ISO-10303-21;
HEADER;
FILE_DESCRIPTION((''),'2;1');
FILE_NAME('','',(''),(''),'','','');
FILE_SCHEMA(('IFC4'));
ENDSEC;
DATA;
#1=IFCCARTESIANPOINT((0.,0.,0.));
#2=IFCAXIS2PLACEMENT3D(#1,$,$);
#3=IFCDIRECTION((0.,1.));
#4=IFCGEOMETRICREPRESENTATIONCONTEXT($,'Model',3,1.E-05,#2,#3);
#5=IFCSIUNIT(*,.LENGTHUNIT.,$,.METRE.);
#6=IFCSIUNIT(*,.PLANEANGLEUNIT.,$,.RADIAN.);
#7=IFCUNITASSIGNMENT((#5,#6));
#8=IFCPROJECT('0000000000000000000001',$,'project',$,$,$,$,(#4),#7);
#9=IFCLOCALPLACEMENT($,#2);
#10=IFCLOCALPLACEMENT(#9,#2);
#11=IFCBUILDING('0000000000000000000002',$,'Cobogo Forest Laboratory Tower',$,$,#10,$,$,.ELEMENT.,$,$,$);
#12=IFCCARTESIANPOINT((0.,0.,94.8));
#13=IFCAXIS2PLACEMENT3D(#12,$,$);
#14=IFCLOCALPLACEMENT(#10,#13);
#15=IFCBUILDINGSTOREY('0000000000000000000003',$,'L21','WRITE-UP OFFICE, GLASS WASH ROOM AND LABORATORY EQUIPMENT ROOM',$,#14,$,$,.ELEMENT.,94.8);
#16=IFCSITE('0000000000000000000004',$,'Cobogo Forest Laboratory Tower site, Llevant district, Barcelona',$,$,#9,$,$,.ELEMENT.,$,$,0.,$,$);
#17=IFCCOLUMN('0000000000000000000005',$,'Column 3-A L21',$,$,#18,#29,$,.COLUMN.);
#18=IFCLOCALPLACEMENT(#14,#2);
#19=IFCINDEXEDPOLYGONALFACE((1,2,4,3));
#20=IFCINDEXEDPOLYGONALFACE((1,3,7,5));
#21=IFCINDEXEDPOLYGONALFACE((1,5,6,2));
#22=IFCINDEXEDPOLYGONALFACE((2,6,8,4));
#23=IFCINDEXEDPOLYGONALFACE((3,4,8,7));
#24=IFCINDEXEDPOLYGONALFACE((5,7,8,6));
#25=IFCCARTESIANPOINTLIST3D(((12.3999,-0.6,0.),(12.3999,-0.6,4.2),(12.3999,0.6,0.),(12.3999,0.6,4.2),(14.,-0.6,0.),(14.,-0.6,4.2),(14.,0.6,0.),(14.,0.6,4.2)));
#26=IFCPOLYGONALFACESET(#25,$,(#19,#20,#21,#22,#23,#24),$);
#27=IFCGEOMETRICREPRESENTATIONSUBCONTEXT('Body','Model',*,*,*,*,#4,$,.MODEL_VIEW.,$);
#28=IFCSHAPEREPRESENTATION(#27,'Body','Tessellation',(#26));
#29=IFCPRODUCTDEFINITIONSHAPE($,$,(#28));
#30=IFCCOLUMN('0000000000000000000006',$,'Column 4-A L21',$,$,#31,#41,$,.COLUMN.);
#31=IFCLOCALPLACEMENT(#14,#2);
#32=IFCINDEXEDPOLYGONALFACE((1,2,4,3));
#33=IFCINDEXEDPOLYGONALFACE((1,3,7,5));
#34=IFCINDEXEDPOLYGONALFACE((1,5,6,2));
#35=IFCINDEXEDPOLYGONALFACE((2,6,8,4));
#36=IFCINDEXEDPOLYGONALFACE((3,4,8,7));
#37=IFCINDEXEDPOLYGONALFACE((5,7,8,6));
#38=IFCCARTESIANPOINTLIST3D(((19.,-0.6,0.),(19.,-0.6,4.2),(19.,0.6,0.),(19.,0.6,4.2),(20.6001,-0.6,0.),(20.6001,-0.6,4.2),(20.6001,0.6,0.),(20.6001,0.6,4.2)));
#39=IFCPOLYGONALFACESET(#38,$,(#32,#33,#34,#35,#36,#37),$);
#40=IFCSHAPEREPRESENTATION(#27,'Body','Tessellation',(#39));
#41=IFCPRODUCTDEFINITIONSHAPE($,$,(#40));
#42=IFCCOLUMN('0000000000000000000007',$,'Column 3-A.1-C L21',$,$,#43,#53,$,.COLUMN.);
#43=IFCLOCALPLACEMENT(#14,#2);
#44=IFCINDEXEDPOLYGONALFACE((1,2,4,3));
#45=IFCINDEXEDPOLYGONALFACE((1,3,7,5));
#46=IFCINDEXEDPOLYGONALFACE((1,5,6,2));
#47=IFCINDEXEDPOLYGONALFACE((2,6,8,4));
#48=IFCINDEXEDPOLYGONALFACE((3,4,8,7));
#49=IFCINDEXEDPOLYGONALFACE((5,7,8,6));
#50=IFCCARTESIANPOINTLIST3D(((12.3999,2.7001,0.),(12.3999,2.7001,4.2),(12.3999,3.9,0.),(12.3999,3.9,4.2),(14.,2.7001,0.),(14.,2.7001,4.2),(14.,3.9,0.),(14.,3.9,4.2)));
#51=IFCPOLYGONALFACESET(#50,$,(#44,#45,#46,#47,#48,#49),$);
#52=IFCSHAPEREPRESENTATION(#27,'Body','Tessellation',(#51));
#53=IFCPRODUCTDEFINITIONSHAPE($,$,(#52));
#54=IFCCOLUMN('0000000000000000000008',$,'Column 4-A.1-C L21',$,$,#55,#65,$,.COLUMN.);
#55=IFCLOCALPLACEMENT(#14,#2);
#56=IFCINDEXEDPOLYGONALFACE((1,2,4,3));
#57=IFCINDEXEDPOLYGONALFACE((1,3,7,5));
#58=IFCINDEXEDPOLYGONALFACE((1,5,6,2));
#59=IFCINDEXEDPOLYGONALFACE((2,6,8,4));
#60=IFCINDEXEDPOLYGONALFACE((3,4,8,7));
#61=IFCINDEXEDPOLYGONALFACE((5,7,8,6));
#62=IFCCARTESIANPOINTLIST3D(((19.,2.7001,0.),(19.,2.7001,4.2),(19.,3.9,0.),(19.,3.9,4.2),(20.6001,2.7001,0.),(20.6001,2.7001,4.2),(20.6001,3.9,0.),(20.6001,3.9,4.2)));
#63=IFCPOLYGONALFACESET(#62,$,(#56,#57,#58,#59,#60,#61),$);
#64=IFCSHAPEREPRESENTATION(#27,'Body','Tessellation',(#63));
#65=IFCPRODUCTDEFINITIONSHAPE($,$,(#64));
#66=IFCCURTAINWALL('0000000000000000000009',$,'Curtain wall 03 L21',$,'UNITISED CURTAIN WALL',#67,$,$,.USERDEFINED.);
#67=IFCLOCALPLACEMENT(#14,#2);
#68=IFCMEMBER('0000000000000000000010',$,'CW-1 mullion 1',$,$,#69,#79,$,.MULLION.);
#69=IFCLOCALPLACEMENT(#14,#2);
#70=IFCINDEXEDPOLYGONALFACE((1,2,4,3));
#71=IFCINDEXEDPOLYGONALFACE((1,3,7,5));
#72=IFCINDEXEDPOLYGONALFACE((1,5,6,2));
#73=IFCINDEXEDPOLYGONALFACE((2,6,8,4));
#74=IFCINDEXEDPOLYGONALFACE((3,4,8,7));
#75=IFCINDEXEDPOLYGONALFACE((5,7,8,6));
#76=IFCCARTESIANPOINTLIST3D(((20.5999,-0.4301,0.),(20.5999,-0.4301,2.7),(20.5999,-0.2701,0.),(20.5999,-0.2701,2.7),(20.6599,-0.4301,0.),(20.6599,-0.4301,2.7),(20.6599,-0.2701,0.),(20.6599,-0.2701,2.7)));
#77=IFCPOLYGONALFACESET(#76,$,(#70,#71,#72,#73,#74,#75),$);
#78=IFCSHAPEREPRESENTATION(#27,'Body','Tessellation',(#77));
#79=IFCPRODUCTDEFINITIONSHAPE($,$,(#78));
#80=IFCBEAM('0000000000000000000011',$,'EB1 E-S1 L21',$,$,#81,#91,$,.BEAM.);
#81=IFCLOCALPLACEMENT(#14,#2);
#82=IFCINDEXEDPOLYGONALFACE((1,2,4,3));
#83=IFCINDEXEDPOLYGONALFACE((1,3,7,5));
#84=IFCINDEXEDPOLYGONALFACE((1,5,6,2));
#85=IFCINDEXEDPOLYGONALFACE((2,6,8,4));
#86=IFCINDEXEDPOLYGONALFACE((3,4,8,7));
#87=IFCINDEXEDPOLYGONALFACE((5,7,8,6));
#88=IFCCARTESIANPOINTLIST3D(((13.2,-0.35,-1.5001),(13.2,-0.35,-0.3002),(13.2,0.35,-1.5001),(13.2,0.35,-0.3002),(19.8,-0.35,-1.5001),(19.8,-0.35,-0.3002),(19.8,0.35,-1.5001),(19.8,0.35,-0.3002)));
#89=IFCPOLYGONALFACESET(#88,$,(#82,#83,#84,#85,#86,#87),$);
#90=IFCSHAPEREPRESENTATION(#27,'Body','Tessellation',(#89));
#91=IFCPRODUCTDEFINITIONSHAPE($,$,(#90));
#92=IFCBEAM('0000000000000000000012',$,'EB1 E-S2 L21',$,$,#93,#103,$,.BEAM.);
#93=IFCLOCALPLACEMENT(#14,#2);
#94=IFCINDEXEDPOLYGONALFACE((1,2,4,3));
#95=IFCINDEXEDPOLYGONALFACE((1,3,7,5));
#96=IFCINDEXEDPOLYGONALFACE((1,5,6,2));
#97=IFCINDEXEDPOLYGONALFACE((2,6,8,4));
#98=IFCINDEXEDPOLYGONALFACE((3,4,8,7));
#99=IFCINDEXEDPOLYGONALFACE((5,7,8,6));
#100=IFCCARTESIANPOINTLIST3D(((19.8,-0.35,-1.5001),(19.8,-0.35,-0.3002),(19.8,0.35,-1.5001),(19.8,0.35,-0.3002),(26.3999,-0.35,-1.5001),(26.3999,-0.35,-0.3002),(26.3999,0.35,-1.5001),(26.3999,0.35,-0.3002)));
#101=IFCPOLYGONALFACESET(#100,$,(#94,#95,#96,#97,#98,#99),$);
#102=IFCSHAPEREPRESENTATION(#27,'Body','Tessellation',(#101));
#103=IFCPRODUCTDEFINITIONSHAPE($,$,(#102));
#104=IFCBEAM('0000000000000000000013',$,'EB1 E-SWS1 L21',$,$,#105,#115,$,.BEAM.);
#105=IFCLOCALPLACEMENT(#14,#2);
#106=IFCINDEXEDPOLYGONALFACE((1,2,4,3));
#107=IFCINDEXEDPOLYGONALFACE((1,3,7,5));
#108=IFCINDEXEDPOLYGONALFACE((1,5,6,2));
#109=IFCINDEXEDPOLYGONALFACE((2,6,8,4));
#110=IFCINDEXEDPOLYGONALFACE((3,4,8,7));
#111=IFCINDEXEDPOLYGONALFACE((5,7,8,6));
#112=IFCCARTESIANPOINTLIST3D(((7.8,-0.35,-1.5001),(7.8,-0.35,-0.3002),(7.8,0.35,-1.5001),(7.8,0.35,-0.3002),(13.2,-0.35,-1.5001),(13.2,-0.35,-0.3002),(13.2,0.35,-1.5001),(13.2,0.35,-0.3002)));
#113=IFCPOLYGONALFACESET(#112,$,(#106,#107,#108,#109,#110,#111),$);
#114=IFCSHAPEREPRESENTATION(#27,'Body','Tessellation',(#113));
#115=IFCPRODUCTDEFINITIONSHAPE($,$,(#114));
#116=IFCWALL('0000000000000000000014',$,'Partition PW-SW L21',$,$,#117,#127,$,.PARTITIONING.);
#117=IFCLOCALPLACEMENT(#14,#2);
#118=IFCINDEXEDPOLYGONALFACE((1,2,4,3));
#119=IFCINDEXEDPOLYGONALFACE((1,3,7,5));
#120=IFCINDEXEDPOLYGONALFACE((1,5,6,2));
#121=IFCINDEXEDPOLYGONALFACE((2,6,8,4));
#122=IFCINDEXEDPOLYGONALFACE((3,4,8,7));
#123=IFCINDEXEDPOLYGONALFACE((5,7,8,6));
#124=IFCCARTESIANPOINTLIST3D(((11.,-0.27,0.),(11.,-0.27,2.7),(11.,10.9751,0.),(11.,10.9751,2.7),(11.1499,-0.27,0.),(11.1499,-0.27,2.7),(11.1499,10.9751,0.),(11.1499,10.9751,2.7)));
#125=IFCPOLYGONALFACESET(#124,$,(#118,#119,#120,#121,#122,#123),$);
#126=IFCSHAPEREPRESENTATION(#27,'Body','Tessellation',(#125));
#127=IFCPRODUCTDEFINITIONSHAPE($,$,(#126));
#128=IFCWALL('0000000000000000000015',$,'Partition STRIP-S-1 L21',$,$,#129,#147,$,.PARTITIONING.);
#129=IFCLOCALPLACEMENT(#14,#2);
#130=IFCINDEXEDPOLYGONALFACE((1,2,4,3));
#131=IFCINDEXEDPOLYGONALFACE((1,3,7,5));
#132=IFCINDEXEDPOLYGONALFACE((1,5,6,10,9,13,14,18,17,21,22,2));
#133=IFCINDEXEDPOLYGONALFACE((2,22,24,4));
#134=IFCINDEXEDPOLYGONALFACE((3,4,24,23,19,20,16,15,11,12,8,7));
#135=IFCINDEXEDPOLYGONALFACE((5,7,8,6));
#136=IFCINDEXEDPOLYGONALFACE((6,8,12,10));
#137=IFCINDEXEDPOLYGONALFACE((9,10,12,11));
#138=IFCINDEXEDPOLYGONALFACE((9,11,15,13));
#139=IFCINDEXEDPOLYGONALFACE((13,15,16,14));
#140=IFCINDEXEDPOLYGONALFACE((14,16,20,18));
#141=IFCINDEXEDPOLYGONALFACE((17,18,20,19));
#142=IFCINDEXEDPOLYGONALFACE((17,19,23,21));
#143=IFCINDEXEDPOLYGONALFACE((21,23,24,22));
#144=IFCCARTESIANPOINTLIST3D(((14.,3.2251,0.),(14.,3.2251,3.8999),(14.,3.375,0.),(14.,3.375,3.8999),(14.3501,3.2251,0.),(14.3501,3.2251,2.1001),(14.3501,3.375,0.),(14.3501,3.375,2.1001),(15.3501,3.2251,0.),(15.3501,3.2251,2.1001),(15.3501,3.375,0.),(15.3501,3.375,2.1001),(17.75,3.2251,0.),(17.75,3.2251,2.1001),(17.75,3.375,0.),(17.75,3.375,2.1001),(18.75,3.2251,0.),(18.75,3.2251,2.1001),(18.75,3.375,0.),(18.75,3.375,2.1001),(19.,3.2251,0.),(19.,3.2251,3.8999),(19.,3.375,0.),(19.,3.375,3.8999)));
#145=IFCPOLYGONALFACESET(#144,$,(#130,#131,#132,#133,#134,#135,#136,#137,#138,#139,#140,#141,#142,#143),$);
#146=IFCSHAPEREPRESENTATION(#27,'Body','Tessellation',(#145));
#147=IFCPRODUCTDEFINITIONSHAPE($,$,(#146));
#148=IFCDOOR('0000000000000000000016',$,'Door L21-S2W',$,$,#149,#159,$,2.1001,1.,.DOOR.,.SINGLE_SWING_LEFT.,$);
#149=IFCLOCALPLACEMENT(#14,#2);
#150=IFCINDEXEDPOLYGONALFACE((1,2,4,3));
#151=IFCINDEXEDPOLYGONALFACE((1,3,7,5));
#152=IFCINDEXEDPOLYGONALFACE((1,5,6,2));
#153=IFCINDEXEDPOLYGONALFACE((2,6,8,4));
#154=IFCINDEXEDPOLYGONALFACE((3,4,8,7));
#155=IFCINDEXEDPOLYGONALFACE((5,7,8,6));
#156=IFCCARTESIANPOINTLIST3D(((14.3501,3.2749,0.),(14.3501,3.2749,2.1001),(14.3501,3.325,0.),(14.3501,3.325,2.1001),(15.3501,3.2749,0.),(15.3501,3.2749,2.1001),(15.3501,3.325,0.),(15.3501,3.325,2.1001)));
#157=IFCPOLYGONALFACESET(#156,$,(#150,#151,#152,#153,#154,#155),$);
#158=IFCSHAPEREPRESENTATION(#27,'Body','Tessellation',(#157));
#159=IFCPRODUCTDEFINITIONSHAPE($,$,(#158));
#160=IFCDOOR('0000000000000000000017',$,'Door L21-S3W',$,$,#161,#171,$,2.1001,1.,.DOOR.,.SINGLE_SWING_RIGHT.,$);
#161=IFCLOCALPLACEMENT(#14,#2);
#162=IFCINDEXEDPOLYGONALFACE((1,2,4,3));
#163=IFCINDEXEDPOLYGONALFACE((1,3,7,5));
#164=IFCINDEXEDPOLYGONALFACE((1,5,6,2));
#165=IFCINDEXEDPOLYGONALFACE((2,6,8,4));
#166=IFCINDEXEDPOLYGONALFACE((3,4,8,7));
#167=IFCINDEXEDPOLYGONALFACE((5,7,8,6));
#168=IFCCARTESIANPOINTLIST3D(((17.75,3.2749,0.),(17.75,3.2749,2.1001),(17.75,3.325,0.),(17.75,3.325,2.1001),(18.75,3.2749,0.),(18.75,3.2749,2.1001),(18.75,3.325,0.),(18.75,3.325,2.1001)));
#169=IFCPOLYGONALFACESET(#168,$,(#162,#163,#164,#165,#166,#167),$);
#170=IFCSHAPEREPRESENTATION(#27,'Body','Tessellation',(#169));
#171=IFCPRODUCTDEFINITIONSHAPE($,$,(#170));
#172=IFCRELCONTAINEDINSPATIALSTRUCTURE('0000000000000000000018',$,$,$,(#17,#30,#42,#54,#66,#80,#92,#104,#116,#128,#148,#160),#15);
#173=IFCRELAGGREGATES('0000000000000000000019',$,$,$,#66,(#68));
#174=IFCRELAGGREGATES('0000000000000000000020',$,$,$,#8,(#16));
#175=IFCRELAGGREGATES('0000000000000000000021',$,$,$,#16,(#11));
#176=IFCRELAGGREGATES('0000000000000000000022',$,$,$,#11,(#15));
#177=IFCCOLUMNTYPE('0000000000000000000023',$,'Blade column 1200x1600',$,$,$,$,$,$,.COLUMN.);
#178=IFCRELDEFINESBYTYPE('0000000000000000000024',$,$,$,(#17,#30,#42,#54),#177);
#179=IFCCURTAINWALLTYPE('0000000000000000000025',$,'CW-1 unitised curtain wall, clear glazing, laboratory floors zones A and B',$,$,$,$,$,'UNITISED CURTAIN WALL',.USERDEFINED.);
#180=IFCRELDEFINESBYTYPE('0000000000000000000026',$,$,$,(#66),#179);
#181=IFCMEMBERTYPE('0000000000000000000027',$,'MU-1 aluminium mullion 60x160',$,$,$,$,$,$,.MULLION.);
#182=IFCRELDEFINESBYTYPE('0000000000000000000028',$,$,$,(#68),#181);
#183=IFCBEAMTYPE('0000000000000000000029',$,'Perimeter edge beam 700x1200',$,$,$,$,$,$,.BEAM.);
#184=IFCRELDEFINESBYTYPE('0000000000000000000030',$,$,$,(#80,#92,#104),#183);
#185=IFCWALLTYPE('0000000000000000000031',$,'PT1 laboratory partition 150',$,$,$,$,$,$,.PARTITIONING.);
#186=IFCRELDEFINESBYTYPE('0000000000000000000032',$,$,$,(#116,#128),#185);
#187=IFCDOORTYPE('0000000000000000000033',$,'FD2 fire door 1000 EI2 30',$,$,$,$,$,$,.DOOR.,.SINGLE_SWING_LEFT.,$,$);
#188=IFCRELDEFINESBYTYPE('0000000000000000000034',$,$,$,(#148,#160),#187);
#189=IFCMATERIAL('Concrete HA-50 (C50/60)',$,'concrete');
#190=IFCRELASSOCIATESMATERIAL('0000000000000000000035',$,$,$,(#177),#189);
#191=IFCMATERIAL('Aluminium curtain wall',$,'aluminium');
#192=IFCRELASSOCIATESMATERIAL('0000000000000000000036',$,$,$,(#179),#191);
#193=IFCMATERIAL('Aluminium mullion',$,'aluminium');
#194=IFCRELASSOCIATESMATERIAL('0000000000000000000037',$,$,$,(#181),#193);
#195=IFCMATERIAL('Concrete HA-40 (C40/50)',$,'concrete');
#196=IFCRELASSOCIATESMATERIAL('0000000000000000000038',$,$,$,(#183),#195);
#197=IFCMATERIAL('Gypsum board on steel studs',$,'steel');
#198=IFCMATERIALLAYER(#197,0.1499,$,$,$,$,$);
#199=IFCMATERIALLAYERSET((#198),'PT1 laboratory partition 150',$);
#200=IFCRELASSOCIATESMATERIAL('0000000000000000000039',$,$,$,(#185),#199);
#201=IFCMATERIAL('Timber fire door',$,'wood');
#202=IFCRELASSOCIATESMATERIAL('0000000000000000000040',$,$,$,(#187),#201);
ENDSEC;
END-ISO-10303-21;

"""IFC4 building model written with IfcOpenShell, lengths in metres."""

from ifc_helpers import new_model, si_unit, direction, frame, frame_2d, origin, origin_2d, place, context, subcontext, project, spatial, rectangle, extrude, material, layer, layer_set, material_profile, profile_set, type_object, element, fill, aggregate, save


model = new_model("IFC4")

# Units and contexts
model_context = context("Model", 3, precision=1e-05, world=origin(), true_north=direction((0.0, 1.0)))
body_context = subcontext(model_context, "Body", "Model", "MODEL_VIEW")
ifc_project = project(units=[si_unit("LENGTHUNIT", "METRE"), si_unit("PLANEANGLEUNIT", "RADIAN")], contexts=[model_context])

# Site, building, storey
site_placement = place(None, origin())
site = spatial("IfcSite", under=ifc_project, at=site_placement, Name="Cobogo Forest Laboratory Tower site, Llevant district, Barcelona", CompositionType="ELEMENT", RefElevation=0.0)
building_placement = place(site_placement, origin())
building = spatial("IfcBuilding", under=site, at=building_placement, Name="Cobogo Forest Laboratory Tower", CompositionType="ELEMENT")
storey_placement = place(building_placement, frame((0.0, 0.0, 94.8)))
storey = spatial("IfcBuildingStorey", under=building, at=storey_placement, Name="L21", Description="WRITE-UP OFFICE, GLASS WASH ROOM AND LABORATORY EQUIPMENT ROOM", CompositionType="ELEMENT", Elevation=94.8)

# Columns
ifc_material_1 = material(Name="Concrete HA-50 (C50/60)", Category="concrete")
ifc_material_profile_1 = material_profile(ifc_material_1, rectangle(XDim=1.6001, YDim=1.2, at=origin_2d()), Name="RC 1200x1600")
ifc_profile_set_1 = profile_set([ifc_material_profile_1], Name="Concrete HA-50 (C50/60)")
column_type = type_object("IfcColumnType", Name="Blade column 1200x1600", PredefinedType="COLUMN", material=ifc_profile_set_1)
for number, where, z_axis, x_axis, name in (
    (1, (13.2, 0.0, 0.0), (0.0, 0.0, 1.0), (1.0, 0.0, 0.0), "Column 3-A L21"),
    (2, (19.8, 0.0, 0.0), (0.0, 0.0, 1.0), (1.0, 0.0, 0.0), "Column 4-A L21"),
    (3, (13.2, 3.3, 0.0), (0.0, 0.0, 1.0), (1.0, 0.0, 0.0), "Column 3-A.1-C L21"),
    (4, (19.8, 3.3, 0.0), (0.0, 0.0, 1.0), (1.0, 0.0, 0.0), "Column 4-A.1-C L21"),
):
    element("IfcColumn", number, at=place(storey_placement, frame(where, z_axis=z_axis, x_axis=x_axis)), inside=storey, type_object=column_type, Name=name, PredefinedType="COLUMN", context=body_context, shape_type="SweptSolid", body=[
        extrude(rectangle(XDim=1.6001, YDim=1.2, at=origin_2d()), origin(), (0.0, 0.0, 1.0), 4.2),
    ])

# Curtain wall, member
ifc_material_2 = material(Name="Aluminium curtain wall", Category="aluminium")
curtain_wall_type = type_object("IfcCurtainWallType", Name="CW-1 unitised curtain wall, clear glazing, laboratory floors zones A and B", ElementType="UNITISED CURTAIN WALL", PredefinedType="USERDEFINED", material=ifc_material_2)
curtain_wall_placement = place(storey_placement, origin())
curtain_wall = element("IfcCurtainWall", 5, at=curtain_wall_placement, inside=storey, type_object=curtain_wall_type, Name="Curtain wall 03 L21", ObjectType="UNITISED CURTAIN WALL", PredefinedType="USERDEFINED")
ifc_material_3 = material(Name="Aluminium mullion", Category="aluminium")
ifc_material_profile_2 = material_profile(ifc_material_3, rectangle(XDim=0.0601, YDim=0.1599, at=origin_2d()), Name="AL 60x160")
ifc_profile_set_2 = profile_set([ifc_material_profile_2], Name="Aluminium mullion")
member_type = type_object("IfcMemberType", Name="MU-1 aluminium mullion 60x160", PredefinedType="MULLION", material=ifc_profile_set_2)
member_placement = place(storey_placement, frame((20.6299, -0.3501, 0.0), z_axis=(0.0, 0.0, 1.0), x_axis=(1.0, 0.0, 0.0)))
member = element("IfcMember", 6, at=member_placement, type_object=member_type, Name="CW-1 mullion 1", PredefinedType="MULLION", context=body_context, shape_type="SweptSolid", body=[
    extrude(rectangle(XDim=0.0601, YDim=0.1599, at=origin_2d()), origin(), (0.0, 0.0, 1.0), 2.7),
])
aggregate(curtain_wall, [member])

# Beams
ifc_material_4 = material(Name="Concrete HA-40 (C40/50)", Category="concrete")
ifc_material_profile_3 = material_profile(ifc_material_4, rectangle(XDim=0.7, YDim=1.2, at=origin_2d()), Name="RC 700x1200")
ifc_profile_set_3 = profile_set([ifc_material_profile_3], Name="Concrete HA-40 (C40/50)")
beam_type = type_object("IfcBeamType", Name="Perimeter edge beam 700x1200", PredefinedType="BEAM", material=ifc_profile_set_3)
beam_1_placement = place(storey_placement, frame((13.2, 0.0, -0.9001), z_axis=(1.0, 0.0, 0.0), x_axis=(0.0, 1.0, 0.0)))
element("IfcBeam", 7, at=beam_1_placement, inside=storey, type_object=beam_type, Name="EB1 E-S1 L21", PredefinedType="BEAM", context=body_context, shape_type="SweptSolid", body=[
    extrude(rectangle(XDim=0.7, YDim=1.2, at=origin_2d()), origin(), (0.0, 0.0, 1.0), 6.6001),
])
beam_2_placement = place(storey_placement, frame((19.8, 0.0, -0.9001), z_axis=(1.0, 0.0, 0.0), x_axis=(0.0, 1.0, 0.0)))
element("IfcBeam", 8, at=beam_2_placement, inside=storey, type_object=beam_type, Name="EB1 E-S2 L21", PredefinedType="BEAM", context=body_context, shape_type="SweptSolid", body=[
    extrude(rectangle(XDim=0.7, YDim=1.2, at=origin_2d()), origin(), (0.0, 0.0, 1.0), 6.5999),
])
beam_3_placement = place(storey_placement, frame((13.2, 0.0, -0.9001), z_axis=(-1.0, 0.0, 0.0), x_axis=(0.0, -1.0, 0.0)))
element("IfcBeam", 9, at=beam_3_placement, inside=storey, type_object=beam_type, Name="EB1 E-SWS1 L21", PredefinedType="BEAM", context=body_context, shape_type="SweptSolid", body=[
    extrude(rectangle(XDim=0.7, YDim=1.2, at=origin_2d()), origin(), (0.0, 0.0, 1.0), 5.3999),
])

# Wall
ifc_material_5 = material(Name="Gypsum board on steel studs", Category="steel")
ifc_layer_1 = layer(ifc_material_5, 0.1499)
ifc_layer_set_1 = layer_set([ifc_layer_1], Name="PT1 laboratory partition 150")
wall_type_1 = type_object("IfcWallType", Name="PT1 laboratory partition 150", PredefinedType="PARTITIONING", material=ifc_layer_set_1)
wall_1_placement = place(storey_placement, frame((11.075, -0.27, 0.0), z_axis=(0.0, 0.0, 1.0), x_axis=(0.0, 1.0, 0.0)))
element("IfcWall", 10, at=wall_1_placement, inside=storey, type_object=wall_type_1, Name="Partition PW-SW L21", PredefinedType="PARTITIONING", context=body_context, shape_type="SweptSolid", body=[
    extrude(rectangle(XDim=11.2451, YDim=0.1499, at=frame_2d((5.6226, 0.0))), origin(), (0.0, 0.0, 1.0), 2.7),
])

# Wall, openings, doors
wall_2_placement = place(storey_placement, frame((14.0, 3.3, 0.0), z_axis=(0.0, 0.0, 1.0), x_axis=(1.0, 0.0, 0.0)))
wall_2 = element("IfcWall", 11, at=wall_2_placement, inside=storey, type_object=wall_type_1, Name="Partition STRIP-S-1 L21", PredefinedType="PARTITIONING", context=body_context, shape_type="SweptSolid", body=[
    extrude(rectangle(XDim=5.0, YDim=0.1499, at=frame_2d((2.5, 0.0))), origin(), (0.0, 0.0, 1.0), 3.8999),
])
opening_1_placement = place(wall_2_placement, frame((0.3501, 0.0, 0.0)))
opening_1 = element("IfcOpeningElement", 12, at=opening_1_placement, cuts=wall_2, PredefinedType="OPENING", context=body_context, shape_type="SweptSolid", body=[
    extrude(rectangle(XDim=1.0, YDim=2.1001, at=frame_2d((0.5, 1.05))), frame((0.0, 0.085, 0.0), z_axis=(0.0, -1.0, 0.0), x_axis=(1.0, 0.0, 0.0)), (0.0, 0.0, 1.0), 0.1699),
])
opening_2_placement = place(wall_2_placement, frame((3.75, 0.0, 0.0)))
opening_2 = element("IfcOpeningElement", 13, at=opening_2_placement, cuts=wall_2, PredefinedType="OPENING", context=body_context, shape_type="SweptSolid", body=[
    extrude(rectangle(XDim=1.0, YDim=2.1001, at=frame_2d((0.5, 1.05))), frame((0.0, 0.085, 0.0), z_axis=(0.0, -1.0, 0.0), x_axis=(1.0, 0.0, 0.0)), (0.0, 0.0, 1.0), 0.1699),
])
ifc_material_6 = material(Name="Timber fire door", Category="wood")
door_type_1 = type_object("IfcDoorType", Name="FD2 fire door 1000 EI2 30", OperationType="SINGLE_SWING_LEFT", PredefinedType="DOOR", material=ifc_material_6)
door_1_placement = place(opening_1_placement, origin())
door_1 = element("IfcDoor", 14, at=door_1_placement, inside=storey, type_object=door_type_1, Name="Door L21-S2W", OperationType="SINGLE_SWING_LEFT", OverallHeight=2.1001, OverallWidth=1.0, PredefinedType="DOOR", context=body_context, shape_type="SweptSolid", body=[
    extrude(rectangle(XDim=1.0, YDim=2.1001, at=frame_2d((0.5, 1.05))), frame((0.0, 0.0249, 0.0), z_axis=(0.0, -1.0, 0.0), x_axis=(1.0, 0.0, 0.0)), (0.0, 0.0, 1.0), 0.05),
])
fill(opening_1, door_1)
door_2_placement = place(opening_2_placement, origin())
door_2 = element("IfcDoor", 15, at=door_2_placement, inside=storey, type_object=door_type_1, Name="Door L21-S3W", OperationType="SINGLE_SWING_RIGHT", OverallHeight=2.1001, OverallWidth=1.0, PredefinedType="DOOR", context=body_context, shape_type="SweptSolid", body=[
    extrude(rectangle(XDim=1.0, YDim=2.1001, at=frame_2d((0.5, 1.05))), frame((0.0, 0.0249, 0.0), z_axis=(0.0, -1.0, 0.0), x_axis=(1.0, 0.0, 0.0)), (0.0, 0.0, 1.0), 0.05),
])
fill(opening_2, door_2)

save(model, "model.ifc")
